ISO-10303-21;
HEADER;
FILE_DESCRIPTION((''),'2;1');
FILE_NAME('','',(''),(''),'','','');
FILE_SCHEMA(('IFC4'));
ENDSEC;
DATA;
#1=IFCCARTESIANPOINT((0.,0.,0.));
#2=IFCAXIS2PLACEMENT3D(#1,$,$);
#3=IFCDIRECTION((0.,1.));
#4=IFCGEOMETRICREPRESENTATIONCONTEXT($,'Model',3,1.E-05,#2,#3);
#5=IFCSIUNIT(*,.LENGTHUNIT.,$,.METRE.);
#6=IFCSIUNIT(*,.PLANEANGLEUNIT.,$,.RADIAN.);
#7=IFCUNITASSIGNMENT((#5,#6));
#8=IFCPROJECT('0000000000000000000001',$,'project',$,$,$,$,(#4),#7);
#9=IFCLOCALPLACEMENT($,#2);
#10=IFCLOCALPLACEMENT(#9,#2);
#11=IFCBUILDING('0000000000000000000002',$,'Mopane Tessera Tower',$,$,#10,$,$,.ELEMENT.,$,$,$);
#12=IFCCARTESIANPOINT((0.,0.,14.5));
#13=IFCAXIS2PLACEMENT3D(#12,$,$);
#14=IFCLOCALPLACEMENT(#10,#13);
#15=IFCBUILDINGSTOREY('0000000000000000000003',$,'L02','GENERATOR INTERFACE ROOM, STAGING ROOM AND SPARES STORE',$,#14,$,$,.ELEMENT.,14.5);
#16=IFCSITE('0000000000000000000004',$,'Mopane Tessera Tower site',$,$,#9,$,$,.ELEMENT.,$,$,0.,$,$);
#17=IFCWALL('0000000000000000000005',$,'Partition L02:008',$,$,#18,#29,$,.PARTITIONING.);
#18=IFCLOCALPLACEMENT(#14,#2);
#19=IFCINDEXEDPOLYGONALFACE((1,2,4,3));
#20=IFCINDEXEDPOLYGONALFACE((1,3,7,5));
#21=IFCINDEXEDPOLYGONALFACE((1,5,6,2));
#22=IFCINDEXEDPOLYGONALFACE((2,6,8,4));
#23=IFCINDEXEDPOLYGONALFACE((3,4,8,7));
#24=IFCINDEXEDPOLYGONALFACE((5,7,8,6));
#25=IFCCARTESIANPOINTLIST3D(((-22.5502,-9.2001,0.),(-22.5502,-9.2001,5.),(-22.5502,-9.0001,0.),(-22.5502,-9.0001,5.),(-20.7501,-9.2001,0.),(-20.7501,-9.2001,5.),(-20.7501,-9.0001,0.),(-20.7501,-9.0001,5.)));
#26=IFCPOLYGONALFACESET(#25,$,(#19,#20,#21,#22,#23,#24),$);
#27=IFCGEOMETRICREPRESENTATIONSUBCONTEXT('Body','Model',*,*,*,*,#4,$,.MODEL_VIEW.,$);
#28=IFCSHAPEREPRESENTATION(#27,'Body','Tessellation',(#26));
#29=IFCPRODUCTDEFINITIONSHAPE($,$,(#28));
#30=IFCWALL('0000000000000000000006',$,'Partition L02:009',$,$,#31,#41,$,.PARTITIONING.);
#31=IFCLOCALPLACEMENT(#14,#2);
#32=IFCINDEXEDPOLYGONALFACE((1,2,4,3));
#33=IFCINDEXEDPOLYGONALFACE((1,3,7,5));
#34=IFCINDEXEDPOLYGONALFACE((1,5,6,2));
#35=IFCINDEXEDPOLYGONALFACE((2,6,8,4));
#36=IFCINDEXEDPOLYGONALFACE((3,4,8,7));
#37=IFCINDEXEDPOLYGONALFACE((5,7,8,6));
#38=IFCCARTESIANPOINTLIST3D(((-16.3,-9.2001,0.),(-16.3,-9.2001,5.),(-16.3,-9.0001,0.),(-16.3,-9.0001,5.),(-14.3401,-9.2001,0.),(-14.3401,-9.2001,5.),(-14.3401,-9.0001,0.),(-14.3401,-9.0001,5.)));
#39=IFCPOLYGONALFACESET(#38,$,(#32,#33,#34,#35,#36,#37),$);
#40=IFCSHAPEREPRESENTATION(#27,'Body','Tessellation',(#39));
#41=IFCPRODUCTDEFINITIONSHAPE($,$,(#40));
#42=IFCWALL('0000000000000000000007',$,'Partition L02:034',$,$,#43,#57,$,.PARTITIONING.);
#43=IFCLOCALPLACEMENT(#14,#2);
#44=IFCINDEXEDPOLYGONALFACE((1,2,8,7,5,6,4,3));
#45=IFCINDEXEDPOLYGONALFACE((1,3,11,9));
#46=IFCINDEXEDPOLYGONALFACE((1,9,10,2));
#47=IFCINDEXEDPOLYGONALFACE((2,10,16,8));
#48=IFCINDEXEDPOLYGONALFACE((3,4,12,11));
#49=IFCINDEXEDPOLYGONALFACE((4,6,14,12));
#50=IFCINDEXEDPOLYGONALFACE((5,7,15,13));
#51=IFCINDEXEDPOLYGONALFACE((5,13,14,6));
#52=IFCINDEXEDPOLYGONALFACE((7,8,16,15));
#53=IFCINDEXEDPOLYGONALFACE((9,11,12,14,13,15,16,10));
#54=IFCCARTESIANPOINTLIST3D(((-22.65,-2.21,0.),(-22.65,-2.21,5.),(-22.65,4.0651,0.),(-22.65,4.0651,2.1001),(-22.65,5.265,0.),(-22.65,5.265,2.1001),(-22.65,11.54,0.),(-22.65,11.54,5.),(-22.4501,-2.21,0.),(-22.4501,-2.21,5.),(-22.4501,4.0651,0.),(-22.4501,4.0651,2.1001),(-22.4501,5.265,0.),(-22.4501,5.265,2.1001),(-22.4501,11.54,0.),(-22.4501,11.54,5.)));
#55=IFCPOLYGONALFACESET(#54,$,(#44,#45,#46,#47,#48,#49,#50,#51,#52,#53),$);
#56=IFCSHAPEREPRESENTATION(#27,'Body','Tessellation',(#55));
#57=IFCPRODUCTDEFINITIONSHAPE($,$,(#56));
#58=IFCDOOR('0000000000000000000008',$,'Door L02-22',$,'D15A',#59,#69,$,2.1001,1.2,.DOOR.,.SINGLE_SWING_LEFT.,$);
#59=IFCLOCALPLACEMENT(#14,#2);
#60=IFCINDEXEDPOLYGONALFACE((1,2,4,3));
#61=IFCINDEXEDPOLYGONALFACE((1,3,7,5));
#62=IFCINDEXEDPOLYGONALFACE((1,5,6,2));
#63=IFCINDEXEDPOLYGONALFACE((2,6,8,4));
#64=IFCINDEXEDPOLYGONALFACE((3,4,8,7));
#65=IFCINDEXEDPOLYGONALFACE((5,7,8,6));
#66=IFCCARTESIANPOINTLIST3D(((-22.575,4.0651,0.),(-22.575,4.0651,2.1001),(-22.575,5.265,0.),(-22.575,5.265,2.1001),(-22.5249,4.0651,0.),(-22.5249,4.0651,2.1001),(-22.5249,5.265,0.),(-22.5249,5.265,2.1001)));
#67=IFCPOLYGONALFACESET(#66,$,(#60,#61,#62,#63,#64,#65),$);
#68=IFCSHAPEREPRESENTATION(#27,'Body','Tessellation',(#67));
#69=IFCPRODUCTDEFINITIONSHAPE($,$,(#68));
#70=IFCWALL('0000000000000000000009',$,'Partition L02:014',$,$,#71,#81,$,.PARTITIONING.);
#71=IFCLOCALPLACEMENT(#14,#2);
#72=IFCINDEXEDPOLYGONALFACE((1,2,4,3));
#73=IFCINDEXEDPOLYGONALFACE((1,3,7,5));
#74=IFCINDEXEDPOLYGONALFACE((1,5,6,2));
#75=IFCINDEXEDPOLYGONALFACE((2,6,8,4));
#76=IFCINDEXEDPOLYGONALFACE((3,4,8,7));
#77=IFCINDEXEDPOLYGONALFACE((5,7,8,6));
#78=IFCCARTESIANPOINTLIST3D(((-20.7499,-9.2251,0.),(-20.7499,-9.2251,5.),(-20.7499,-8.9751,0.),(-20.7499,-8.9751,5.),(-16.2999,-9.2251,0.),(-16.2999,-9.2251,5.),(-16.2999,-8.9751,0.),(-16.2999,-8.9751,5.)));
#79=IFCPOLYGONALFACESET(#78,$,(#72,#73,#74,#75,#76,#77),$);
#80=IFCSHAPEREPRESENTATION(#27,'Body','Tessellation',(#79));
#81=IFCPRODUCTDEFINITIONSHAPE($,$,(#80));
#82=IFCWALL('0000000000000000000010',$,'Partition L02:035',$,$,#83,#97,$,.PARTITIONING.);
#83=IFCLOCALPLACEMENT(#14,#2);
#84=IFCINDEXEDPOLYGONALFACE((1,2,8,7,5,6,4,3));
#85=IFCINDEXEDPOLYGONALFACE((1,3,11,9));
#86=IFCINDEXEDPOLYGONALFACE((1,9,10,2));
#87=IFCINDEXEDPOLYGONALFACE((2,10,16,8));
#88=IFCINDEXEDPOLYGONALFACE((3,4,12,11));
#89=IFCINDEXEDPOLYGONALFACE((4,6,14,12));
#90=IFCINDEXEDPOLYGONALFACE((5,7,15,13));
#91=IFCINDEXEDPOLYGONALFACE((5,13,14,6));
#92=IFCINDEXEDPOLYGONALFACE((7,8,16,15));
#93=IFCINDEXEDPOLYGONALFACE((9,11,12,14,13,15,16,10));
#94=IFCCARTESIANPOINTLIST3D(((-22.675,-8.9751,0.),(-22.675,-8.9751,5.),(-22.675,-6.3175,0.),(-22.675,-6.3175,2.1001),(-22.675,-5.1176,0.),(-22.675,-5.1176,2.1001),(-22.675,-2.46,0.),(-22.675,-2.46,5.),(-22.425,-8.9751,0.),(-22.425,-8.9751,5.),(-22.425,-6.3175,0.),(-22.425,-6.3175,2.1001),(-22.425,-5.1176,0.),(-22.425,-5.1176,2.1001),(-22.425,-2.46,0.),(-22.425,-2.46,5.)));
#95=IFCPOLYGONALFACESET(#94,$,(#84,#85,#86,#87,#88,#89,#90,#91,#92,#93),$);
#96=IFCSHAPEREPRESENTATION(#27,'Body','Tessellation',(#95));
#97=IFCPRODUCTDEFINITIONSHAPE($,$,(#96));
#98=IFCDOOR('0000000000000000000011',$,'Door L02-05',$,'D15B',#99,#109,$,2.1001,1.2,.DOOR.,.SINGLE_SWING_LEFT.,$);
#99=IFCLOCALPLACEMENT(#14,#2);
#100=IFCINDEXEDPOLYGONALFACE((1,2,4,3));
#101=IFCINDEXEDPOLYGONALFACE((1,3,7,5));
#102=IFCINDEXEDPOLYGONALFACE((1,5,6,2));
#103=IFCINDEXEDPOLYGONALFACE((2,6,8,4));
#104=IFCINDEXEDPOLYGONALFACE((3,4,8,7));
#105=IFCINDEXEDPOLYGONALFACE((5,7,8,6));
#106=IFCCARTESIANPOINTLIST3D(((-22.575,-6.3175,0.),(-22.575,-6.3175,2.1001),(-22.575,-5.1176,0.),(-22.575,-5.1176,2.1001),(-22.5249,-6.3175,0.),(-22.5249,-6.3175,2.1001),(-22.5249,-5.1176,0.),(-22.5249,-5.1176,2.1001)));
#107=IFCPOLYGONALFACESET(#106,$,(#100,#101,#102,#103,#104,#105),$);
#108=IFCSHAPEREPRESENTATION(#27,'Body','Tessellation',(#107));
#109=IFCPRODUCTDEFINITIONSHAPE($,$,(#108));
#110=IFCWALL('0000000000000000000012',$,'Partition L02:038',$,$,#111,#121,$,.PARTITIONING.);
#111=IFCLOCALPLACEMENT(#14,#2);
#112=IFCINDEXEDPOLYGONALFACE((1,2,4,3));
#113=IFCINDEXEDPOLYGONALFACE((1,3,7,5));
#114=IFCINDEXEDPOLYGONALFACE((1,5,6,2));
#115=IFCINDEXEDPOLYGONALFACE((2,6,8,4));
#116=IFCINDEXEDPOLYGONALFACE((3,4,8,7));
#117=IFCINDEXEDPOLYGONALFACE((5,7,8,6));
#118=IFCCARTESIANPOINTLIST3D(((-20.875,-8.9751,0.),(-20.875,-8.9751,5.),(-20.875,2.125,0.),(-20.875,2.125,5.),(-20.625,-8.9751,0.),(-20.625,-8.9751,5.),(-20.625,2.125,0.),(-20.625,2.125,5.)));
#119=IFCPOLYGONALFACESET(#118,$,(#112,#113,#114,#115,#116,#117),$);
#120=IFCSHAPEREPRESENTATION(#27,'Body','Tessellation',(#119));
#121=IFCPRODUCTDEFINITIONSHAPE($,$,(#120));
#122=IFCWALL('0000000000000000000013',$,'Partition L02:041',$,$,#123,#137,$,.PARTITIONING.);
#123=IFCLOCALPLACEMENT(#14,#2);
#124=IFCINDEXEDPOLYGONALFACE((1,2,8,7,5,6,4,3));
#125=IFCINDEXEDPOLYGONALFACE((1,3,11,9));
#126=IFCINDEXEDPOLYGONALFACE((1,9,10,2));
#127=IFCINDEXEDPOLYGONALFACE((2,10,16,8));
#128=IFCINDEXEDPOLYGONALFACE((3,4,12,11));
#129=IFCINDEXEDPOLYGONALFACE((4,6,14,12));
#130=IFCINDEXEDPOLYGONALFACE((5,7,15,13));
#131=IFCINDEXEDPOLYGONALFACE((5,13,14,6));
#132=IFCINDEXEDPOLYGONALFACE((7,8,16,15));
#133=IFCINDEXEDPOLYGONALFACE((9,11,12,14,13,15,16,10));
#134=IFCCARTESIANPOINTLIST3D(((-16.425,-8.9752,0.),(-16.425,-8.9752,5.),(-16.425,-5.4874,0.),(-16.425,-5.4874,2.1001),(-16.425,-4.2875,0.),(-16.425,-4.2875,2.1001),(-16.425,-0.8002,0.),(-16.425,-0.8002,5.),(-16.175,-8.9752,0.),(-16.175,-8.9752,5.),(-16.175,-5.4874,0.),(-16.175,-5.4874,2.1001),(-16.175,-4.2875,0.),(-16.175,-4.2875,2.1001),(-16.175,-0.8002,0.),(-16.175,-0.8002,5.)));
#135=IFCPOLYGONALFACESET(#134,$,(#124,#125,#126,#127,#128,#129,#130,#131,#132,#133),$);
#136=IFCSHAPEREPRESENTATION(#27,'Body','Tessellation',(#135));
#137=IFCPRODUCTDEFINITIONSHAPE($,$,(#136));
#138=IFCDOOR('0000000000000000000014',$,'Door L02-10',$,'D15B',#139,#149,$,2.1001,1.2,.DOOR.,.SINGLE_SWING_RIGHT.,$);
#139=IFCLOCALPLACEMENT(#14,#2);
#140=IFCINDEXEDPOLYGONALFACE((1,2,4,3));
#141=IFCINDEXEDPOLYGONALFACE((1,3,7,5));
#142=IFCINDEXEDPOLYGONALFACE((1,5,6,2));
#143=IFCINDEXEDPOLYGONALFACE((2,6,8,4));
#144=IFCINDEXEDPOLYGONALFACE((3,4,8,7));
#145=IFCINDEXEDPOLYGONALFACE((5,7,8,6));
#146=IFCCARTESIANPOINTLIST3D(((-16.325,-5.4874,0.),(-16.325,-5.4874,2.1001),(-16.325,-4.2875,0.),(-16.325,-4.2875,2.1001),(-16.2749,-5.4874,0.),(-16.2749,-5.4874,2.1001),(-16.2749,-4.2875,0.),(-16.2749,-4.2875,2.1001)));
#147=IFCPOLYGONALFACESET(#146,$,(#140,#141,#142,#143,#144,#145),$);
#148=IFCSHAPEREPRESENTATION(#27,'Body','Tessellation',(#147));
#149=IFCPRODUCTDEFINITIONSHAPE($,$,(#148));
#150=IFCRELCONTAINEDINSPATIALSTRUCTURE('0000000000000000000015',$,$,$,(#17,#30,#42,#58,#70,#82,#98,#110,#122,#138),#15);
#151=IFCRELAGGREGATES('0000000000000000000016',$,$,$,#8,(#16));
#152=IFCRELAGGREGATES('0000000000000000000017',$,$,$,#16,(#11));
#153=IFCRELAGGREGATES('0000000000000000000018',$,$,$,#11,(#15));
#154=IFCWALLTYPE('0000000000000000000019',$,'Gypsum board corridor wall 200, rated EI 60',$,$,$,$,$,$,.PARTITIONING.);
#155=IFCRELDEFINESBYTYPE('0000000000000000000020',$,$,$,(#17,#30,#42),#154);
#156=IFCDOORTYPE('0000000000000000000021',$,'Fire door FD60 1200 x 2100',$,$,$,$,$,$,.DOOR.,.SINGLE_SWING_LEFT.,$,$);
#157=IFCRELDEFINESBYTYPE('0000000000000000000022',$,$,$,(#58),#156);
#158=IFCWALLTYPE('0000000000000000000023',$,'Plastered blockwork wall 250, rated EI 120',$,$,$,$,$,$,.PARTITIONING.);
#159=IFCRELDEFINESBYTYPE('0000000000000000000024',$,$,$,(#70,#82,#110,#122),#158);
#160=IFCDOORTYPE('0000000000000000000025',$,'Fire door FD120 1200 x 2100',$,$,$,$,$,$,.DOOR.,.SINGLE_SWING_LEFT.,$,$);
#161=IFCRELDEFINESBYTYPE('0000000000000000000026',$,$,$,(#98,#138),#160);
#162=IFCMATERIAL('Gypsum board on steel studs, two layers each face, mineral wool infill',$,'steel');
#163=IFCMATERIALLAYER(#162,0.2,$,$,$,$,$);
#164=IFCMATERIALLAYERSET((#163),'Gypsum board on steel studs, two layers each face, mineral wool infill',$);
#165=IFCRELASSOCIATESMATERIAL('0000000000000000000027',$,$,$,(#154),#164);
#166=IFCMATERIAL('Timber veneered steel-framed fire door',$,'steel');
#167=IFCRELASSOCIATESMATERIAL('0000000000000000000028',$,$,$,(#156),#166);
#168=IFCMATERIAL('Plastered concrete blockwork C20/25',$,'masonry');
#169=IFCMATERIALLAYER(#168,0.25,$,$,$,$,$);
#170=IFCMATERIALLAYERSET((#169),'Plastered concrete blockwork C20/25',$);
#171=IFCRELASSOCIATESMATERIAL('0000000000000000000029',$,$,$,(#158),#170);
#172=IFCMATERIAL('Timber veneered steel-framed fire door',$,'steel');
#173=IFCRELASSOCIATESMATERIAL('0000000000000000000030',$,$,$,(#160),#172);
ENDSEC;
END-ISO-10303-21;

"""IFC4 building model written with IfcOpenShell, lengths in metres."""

from ifc_helpers import new_model, si_unit, direction, frame, frame_2d, origin, place, context, subcontext, project, spatial, rectangle, extrude, material, layer, layer_set, type_object, element, fill, save


model = new_model("IFC4")

# Units and contexts
model_context = context("Model", 3, precision=1e-05, world=origin(), true_north=direction((0.0, 1.0)))
body_context = subcontext(model_context, "Body", "Model", "MODEL_VIEW")
ifc_project = project(units=[si_unit("LENGTHUNIT", "METRE"), si_unit("PLANEANGLEUNIT", "RADIAN")], contexts=[model_context])

# Site, building, storey
site_placement = place(None, origin())
site = spatial("IfcSite", under=ifc_project, at=site_placement, Name="Mopane Tessera Tower site", CompositionType="ELEMENT", RefElevation=0.0)
building_placement = place(site_placement, origin())
building = spatial("IfcBuilding", under=site, at=building_placement, Name="Mopane Tessera Tower", CompositionType="ELEMENT")
storey_placement = place(building_placement, frame((0.0, 0.0, 14.5)))
storey = spatial("IfcBuildingStorey", under=building, at=storey_placement, Name="L02", Description="GENERATOR INTERFACE ROOM, STAGING ROOM AND SPARES STORE", CompositionType="ELEMENT", Elevation=14.5)

# Walls
ifc_material_1 = material(Name="Gypsum board on steel studs, two layers each face, mineral wool infill", Category="steel")
ifc_layer_1 = layer(ifc_material_1, 0.2)
ifc_layer_set_1 = layer_set([ifc_layer_1], Name="Gypsum board on steel studs, two layers each face, mineral wool infill")
wall_type_1 = type_object("IfcWallType", Name="Gypsum board corridor wall 200, rated EI 60", PredefinedType="PARTITIONING", material=ifc_layer_set_1)
wall_1_placement = place(storey_placement, frame((-22.55, -9.1001, 0.0), z_axis=(0.0, 0.0, 1.0), x_axis=(1.0, 0.0, 0.0)))
element("IfcWall", 1, at=wall_1_placement, inside=storey, type_object=wall_type_1, Name="Partition L02:008", PredefinedType="PARTITIONING", context=body_context, shape_type="SweptSolid", body=[
    extrude(rectangle(XDim=1.8, YDim=0.2, at=frame_2d((0.8999, 0.0))), origin(), (0.0, 0.0, 1.0), 5.0),
])
wall_2_placement = place(storey_placement, frame((-16.3, -9.1001, 0.0), z_axis=(0.0, 0.0, 1.0), x_axis=(1.0, 0.0, 0.0)))
element("IfcWall", 2, at=wall_2_placement, inside=storey, type_object=wall_type_1, Name="Partition L02:009", PredefinedType="PARTITIONING", context=body_context, shape_type="SweptSolid", body=[
    extrude(rectangle(XDim=1.96, YDim=0.2, at=frame_2d((0.98, 0.0))), origin(), (0.0, 0.0, 1.0), 5.0),
])

# Wall, opening, door
wall_3_placement = place(storey_placement, frame((-22.55, -2.21, 0.0), z_axis=(0.0, 0.0, 1.0), x_axis=(0.0, 1.0, 0.0)))
wall_3 = element("IfcWall", 3, at=wall_3_placement, inside=storey, type_object=wall_type_1, Name="Partition L02:034", PredefinedType="PARTITIONING", context=body_context, shape_type="SweptSolid", body=[
    extrude(rectangle(XDim=13.75, YDim=0.2, at=frame_2d((6.875, 0.0))), origin(), (0.0, 0.0, 1.0), 5.0),
])
opening_1_placement = place(wall_3_placement, frame((6.2749, 0.0, 0.0)))
opening_1 = element("IfcOpeningElement", 4, at=opening_1_placement, cuts=wall_3, PredefinedType="OPENING", context=body_context, shape_type="SweptSolid", body=[
    extrude(rectangle(XDim=1.2, YDim=2.1001, at=frame_2d((0.6001, 1.05))), frame((0.0, 0.1121, 0.0), z_axis=(0.0, -1.0, 0.0), x_axis=(1.0, 0.0, 0.0)), (0.0, 0.0, 1.0), 0.2239),
])
ifc_material_2 = material(Name="Timber veneered steel-framed fire door", Category="steel")
door_type_1 = type_object("IfcDoorType", Name="Fire door FD60 1200 x 2100", OperationType="SINGLE_SWING_LEFT", PredefinedType="DOOR", material=ifc_material_2)
door_1_placement = place(opening_1_placement, origin())
door_1 = element("IfcDoor", 5, at=door_1_placement, inside=storey, type_object=door_type_1, Name="Door L02-22", ObjectType="D15A", OperationType="SINGLE_SWING_LEFT", OverallHeight=2.1001, OverallWidth=1.2, PredefinedType="DOOR", context=body_context, shape_type="SweptSolid", body=[
    extrude(rectangle(XDim=1.2, YDim=2.1001, at=frame_2d((0.6001, 1.05))), frame((0.0, 0.0249, 0.0), z_axis=(0.0, -1.0, 0.0), x_axis=(1.0, 0.0, 0.0)), (0.0, 0.0, 1.0), 0.05),
])
fill(opening_1, door_1)

# Wall
ifc_material_3 = material(Name="Plastered concrete blockwork C20/25", Category="masonry")
ifc_layer_2 = layer(ifc_material_3, 0.25)
ifc_layer_set_2 = layer_set([ifc_layer_2], Name="Plastered concrete blockwork C20/25")
wall_type_2 = type_object("IfcWallType", Name="Plastered blockwork wall 250, rated EI 120", PredefinedType="PARTITIONING", material=ifc_layer_set_2)
wall_4_placement = place(storey_placement, frame((-20.75, -9.1001, 0.0), z_axis=(0.0, 0.0, 1.0), x_axis=(1.0, 0.0, 0.0)))
element("IfcWall", 6, at=wall_4_placement, inside=storey, type_object=wall_type_2, Name="Partition L02:014", PredefinedType="PARTITIONING", context=body_context, shape_type="SweptSolid", body=[
    extrude(rectangle(XDim=4.45, YDim=0.25, at=frame_2d((2.2251, 0.0))), origin(), (0.0, 0.0, 1.0), 5.0),
])

# Wall, opening, door
wall_5_placement = place(storey_placement, frame((-22.55, -8.9751, 0.0), z_axis=(0.0, 0.0, 1.0), x_axis=(0.0, 1.0, 0.0)))
wall_5 = element("IfcWall", 7, at=wall_5_placement, inside=storey, type_object=wall_type_2, Name="Partition L02:035", PredefinedType="PARTITIONING", context=body_context, shape_type="SweptSolid", body=[
    extrude(rectangle(XDim=6.5151, YDim=0.25, at=frame_2d((3.2576, 0.0))), origin(), (0.0, 0.0, 1.0), 5.0),
])
opening_2_placement = place(wall_5_placement, frame((2.6575, 0.0, 0.0)))
opening_2 = element("IfcOpeningElement", 8, at=opening_2_placement, cuts=wall_5, PredefinedType="OPENING", context=body_context, shape_type="SweptSolid", body=[
    extrude(rectangle(XDim=1.2, YDim=2.1001, at=frame_2d((0.6001, 1.05))), frame((0.0, 0.137, 0.0), z_axis=(0.0, -1.0, 0.0), x_axis=(1.0, 0.0, 0.0)), (0.0, 0.0, 1.0), 0.2739),
])
ifc_material_4 = material(Name="Timber veneered steel-framed fire door", Category="steel")
door_type_2 = type_object("IfcDoorType", Name="Fire door FD120 1200 x 2100", OperationType="SINGLE_SWING_LEFT", PredefinedType="DOOR", material=ifc_material_4)
door_2_placement = place(opening_2_placement, origin())
door_2 = element("IfcDoor", 9, at=door_2_placement, inside=storey, type_object=door_type_2, Name="Door L02-05", ObjectType="D15B", OperationType="SINGLE_SWING_LEFT", OverallHeight=2.1001, OverallWidth=1.2, PredefinedType="DOOR", context=body_context, shape_type="SweptSolid", body=[
    extrude(rectangle(XDim=1.2, YDim=2.1001, at=frame_2d((0.6001, 1.05))), frame((0.0, 0.0249, 0.0), z_axis=(0.0, -1.0, 0.0), x_axis=(1.0, 0.0, 0.0)), (0.0, 0.0, 1.0), 0.05),
])
fill(opening_2, door_2)

# Wall
wall_6_placement = place(storey_placement, frame((-20.75, -8.9751, 0.0), z_axis=(0.0, 0.0, 1.0), x_axis=(0.0, 1.0, 0.0)))
element("IfcWall", 10, at=wall_6_placement, inside=storey, type_object=wall_type_2, Name="Partition L02:038", PredefinedType="PARTITIONING", context=body_context, shape_type="SweptSolid", body=[
    extrude(rectangle(XDim=11.1001, YDim=0.25, at=frame_2d((5.55, 0.0))), origin(), (0.0, 0.0, 1.0), 5.0),
])

# Wall, opening, door
wall_7_placement = place(storey_placement, frame((-16.3, -8.9751, 0.0), z_axis=(0.0, 0.0, 1.0), x_axis=(0.0, 1.0, 0.0)))
wall_7 = element("IfcWall", 11, at=wall_7_placement, inside=storey, type_object=wall_type_2, Name="Partition L02:041", PredefinedType="PARTITIONING", context=body_context, shape_type="SweptSolid", body=[
    extrude(rectangle(XDim=8.175, YDim=0.25, at=frame_2d((4.0874, 0.0))), origin(), (0.0, 0.0, 1.0), 5.0),
])
opening_3_placement = place(wall_7_placement, frame((3.4875, 0.0, 0.0)))
opening_3 = element("IfcOpeningElement", 12, at=opening_3_placement, cuts=wall_7, PredefinedType="OPENING", context=body_context, shape_type="SweptSolid", body=[
    extrude(rectangle(XDim=1.2, YDim=2.1001, at=frame_2d((0.6001, 1.05))), frame((0.0, 0.137, 0.0), z_axis=(0.0, -1.0, 0.0), x_axis=(1.0, 0.0, 0.0)), (0.0, 0.0, 1.0), 0.2739),
])
door_3_placement = place(opening_3_placement, origin())
door_3 = element("IfcDoor", 13, at=door_3_placement, inside=storey, type_object=door_type_2, Name="Door L02-10", ObjectType="D15B", OperationType="SINGLE_SWING_RIGHT", OverallHeight=2.1001, OverallWidth=1.2, PredefinedType="DOOR", context=body_context, shape_type="SweptSolid", body=[
    extrude(rectangle(XDim=1.2, YDim=2.1001, at=frame_2d((0.6001, 1.05))), frame((0.0, 0.0249, 0.0), z_axis=(0.0, -1.0, 0.0), x_axis=(1.0, 0.0, 0.0)), (0.0, 0.0, 1.0), 0.05),
])
fill(opening_3, door_3)

save(model, "model.ifc")
